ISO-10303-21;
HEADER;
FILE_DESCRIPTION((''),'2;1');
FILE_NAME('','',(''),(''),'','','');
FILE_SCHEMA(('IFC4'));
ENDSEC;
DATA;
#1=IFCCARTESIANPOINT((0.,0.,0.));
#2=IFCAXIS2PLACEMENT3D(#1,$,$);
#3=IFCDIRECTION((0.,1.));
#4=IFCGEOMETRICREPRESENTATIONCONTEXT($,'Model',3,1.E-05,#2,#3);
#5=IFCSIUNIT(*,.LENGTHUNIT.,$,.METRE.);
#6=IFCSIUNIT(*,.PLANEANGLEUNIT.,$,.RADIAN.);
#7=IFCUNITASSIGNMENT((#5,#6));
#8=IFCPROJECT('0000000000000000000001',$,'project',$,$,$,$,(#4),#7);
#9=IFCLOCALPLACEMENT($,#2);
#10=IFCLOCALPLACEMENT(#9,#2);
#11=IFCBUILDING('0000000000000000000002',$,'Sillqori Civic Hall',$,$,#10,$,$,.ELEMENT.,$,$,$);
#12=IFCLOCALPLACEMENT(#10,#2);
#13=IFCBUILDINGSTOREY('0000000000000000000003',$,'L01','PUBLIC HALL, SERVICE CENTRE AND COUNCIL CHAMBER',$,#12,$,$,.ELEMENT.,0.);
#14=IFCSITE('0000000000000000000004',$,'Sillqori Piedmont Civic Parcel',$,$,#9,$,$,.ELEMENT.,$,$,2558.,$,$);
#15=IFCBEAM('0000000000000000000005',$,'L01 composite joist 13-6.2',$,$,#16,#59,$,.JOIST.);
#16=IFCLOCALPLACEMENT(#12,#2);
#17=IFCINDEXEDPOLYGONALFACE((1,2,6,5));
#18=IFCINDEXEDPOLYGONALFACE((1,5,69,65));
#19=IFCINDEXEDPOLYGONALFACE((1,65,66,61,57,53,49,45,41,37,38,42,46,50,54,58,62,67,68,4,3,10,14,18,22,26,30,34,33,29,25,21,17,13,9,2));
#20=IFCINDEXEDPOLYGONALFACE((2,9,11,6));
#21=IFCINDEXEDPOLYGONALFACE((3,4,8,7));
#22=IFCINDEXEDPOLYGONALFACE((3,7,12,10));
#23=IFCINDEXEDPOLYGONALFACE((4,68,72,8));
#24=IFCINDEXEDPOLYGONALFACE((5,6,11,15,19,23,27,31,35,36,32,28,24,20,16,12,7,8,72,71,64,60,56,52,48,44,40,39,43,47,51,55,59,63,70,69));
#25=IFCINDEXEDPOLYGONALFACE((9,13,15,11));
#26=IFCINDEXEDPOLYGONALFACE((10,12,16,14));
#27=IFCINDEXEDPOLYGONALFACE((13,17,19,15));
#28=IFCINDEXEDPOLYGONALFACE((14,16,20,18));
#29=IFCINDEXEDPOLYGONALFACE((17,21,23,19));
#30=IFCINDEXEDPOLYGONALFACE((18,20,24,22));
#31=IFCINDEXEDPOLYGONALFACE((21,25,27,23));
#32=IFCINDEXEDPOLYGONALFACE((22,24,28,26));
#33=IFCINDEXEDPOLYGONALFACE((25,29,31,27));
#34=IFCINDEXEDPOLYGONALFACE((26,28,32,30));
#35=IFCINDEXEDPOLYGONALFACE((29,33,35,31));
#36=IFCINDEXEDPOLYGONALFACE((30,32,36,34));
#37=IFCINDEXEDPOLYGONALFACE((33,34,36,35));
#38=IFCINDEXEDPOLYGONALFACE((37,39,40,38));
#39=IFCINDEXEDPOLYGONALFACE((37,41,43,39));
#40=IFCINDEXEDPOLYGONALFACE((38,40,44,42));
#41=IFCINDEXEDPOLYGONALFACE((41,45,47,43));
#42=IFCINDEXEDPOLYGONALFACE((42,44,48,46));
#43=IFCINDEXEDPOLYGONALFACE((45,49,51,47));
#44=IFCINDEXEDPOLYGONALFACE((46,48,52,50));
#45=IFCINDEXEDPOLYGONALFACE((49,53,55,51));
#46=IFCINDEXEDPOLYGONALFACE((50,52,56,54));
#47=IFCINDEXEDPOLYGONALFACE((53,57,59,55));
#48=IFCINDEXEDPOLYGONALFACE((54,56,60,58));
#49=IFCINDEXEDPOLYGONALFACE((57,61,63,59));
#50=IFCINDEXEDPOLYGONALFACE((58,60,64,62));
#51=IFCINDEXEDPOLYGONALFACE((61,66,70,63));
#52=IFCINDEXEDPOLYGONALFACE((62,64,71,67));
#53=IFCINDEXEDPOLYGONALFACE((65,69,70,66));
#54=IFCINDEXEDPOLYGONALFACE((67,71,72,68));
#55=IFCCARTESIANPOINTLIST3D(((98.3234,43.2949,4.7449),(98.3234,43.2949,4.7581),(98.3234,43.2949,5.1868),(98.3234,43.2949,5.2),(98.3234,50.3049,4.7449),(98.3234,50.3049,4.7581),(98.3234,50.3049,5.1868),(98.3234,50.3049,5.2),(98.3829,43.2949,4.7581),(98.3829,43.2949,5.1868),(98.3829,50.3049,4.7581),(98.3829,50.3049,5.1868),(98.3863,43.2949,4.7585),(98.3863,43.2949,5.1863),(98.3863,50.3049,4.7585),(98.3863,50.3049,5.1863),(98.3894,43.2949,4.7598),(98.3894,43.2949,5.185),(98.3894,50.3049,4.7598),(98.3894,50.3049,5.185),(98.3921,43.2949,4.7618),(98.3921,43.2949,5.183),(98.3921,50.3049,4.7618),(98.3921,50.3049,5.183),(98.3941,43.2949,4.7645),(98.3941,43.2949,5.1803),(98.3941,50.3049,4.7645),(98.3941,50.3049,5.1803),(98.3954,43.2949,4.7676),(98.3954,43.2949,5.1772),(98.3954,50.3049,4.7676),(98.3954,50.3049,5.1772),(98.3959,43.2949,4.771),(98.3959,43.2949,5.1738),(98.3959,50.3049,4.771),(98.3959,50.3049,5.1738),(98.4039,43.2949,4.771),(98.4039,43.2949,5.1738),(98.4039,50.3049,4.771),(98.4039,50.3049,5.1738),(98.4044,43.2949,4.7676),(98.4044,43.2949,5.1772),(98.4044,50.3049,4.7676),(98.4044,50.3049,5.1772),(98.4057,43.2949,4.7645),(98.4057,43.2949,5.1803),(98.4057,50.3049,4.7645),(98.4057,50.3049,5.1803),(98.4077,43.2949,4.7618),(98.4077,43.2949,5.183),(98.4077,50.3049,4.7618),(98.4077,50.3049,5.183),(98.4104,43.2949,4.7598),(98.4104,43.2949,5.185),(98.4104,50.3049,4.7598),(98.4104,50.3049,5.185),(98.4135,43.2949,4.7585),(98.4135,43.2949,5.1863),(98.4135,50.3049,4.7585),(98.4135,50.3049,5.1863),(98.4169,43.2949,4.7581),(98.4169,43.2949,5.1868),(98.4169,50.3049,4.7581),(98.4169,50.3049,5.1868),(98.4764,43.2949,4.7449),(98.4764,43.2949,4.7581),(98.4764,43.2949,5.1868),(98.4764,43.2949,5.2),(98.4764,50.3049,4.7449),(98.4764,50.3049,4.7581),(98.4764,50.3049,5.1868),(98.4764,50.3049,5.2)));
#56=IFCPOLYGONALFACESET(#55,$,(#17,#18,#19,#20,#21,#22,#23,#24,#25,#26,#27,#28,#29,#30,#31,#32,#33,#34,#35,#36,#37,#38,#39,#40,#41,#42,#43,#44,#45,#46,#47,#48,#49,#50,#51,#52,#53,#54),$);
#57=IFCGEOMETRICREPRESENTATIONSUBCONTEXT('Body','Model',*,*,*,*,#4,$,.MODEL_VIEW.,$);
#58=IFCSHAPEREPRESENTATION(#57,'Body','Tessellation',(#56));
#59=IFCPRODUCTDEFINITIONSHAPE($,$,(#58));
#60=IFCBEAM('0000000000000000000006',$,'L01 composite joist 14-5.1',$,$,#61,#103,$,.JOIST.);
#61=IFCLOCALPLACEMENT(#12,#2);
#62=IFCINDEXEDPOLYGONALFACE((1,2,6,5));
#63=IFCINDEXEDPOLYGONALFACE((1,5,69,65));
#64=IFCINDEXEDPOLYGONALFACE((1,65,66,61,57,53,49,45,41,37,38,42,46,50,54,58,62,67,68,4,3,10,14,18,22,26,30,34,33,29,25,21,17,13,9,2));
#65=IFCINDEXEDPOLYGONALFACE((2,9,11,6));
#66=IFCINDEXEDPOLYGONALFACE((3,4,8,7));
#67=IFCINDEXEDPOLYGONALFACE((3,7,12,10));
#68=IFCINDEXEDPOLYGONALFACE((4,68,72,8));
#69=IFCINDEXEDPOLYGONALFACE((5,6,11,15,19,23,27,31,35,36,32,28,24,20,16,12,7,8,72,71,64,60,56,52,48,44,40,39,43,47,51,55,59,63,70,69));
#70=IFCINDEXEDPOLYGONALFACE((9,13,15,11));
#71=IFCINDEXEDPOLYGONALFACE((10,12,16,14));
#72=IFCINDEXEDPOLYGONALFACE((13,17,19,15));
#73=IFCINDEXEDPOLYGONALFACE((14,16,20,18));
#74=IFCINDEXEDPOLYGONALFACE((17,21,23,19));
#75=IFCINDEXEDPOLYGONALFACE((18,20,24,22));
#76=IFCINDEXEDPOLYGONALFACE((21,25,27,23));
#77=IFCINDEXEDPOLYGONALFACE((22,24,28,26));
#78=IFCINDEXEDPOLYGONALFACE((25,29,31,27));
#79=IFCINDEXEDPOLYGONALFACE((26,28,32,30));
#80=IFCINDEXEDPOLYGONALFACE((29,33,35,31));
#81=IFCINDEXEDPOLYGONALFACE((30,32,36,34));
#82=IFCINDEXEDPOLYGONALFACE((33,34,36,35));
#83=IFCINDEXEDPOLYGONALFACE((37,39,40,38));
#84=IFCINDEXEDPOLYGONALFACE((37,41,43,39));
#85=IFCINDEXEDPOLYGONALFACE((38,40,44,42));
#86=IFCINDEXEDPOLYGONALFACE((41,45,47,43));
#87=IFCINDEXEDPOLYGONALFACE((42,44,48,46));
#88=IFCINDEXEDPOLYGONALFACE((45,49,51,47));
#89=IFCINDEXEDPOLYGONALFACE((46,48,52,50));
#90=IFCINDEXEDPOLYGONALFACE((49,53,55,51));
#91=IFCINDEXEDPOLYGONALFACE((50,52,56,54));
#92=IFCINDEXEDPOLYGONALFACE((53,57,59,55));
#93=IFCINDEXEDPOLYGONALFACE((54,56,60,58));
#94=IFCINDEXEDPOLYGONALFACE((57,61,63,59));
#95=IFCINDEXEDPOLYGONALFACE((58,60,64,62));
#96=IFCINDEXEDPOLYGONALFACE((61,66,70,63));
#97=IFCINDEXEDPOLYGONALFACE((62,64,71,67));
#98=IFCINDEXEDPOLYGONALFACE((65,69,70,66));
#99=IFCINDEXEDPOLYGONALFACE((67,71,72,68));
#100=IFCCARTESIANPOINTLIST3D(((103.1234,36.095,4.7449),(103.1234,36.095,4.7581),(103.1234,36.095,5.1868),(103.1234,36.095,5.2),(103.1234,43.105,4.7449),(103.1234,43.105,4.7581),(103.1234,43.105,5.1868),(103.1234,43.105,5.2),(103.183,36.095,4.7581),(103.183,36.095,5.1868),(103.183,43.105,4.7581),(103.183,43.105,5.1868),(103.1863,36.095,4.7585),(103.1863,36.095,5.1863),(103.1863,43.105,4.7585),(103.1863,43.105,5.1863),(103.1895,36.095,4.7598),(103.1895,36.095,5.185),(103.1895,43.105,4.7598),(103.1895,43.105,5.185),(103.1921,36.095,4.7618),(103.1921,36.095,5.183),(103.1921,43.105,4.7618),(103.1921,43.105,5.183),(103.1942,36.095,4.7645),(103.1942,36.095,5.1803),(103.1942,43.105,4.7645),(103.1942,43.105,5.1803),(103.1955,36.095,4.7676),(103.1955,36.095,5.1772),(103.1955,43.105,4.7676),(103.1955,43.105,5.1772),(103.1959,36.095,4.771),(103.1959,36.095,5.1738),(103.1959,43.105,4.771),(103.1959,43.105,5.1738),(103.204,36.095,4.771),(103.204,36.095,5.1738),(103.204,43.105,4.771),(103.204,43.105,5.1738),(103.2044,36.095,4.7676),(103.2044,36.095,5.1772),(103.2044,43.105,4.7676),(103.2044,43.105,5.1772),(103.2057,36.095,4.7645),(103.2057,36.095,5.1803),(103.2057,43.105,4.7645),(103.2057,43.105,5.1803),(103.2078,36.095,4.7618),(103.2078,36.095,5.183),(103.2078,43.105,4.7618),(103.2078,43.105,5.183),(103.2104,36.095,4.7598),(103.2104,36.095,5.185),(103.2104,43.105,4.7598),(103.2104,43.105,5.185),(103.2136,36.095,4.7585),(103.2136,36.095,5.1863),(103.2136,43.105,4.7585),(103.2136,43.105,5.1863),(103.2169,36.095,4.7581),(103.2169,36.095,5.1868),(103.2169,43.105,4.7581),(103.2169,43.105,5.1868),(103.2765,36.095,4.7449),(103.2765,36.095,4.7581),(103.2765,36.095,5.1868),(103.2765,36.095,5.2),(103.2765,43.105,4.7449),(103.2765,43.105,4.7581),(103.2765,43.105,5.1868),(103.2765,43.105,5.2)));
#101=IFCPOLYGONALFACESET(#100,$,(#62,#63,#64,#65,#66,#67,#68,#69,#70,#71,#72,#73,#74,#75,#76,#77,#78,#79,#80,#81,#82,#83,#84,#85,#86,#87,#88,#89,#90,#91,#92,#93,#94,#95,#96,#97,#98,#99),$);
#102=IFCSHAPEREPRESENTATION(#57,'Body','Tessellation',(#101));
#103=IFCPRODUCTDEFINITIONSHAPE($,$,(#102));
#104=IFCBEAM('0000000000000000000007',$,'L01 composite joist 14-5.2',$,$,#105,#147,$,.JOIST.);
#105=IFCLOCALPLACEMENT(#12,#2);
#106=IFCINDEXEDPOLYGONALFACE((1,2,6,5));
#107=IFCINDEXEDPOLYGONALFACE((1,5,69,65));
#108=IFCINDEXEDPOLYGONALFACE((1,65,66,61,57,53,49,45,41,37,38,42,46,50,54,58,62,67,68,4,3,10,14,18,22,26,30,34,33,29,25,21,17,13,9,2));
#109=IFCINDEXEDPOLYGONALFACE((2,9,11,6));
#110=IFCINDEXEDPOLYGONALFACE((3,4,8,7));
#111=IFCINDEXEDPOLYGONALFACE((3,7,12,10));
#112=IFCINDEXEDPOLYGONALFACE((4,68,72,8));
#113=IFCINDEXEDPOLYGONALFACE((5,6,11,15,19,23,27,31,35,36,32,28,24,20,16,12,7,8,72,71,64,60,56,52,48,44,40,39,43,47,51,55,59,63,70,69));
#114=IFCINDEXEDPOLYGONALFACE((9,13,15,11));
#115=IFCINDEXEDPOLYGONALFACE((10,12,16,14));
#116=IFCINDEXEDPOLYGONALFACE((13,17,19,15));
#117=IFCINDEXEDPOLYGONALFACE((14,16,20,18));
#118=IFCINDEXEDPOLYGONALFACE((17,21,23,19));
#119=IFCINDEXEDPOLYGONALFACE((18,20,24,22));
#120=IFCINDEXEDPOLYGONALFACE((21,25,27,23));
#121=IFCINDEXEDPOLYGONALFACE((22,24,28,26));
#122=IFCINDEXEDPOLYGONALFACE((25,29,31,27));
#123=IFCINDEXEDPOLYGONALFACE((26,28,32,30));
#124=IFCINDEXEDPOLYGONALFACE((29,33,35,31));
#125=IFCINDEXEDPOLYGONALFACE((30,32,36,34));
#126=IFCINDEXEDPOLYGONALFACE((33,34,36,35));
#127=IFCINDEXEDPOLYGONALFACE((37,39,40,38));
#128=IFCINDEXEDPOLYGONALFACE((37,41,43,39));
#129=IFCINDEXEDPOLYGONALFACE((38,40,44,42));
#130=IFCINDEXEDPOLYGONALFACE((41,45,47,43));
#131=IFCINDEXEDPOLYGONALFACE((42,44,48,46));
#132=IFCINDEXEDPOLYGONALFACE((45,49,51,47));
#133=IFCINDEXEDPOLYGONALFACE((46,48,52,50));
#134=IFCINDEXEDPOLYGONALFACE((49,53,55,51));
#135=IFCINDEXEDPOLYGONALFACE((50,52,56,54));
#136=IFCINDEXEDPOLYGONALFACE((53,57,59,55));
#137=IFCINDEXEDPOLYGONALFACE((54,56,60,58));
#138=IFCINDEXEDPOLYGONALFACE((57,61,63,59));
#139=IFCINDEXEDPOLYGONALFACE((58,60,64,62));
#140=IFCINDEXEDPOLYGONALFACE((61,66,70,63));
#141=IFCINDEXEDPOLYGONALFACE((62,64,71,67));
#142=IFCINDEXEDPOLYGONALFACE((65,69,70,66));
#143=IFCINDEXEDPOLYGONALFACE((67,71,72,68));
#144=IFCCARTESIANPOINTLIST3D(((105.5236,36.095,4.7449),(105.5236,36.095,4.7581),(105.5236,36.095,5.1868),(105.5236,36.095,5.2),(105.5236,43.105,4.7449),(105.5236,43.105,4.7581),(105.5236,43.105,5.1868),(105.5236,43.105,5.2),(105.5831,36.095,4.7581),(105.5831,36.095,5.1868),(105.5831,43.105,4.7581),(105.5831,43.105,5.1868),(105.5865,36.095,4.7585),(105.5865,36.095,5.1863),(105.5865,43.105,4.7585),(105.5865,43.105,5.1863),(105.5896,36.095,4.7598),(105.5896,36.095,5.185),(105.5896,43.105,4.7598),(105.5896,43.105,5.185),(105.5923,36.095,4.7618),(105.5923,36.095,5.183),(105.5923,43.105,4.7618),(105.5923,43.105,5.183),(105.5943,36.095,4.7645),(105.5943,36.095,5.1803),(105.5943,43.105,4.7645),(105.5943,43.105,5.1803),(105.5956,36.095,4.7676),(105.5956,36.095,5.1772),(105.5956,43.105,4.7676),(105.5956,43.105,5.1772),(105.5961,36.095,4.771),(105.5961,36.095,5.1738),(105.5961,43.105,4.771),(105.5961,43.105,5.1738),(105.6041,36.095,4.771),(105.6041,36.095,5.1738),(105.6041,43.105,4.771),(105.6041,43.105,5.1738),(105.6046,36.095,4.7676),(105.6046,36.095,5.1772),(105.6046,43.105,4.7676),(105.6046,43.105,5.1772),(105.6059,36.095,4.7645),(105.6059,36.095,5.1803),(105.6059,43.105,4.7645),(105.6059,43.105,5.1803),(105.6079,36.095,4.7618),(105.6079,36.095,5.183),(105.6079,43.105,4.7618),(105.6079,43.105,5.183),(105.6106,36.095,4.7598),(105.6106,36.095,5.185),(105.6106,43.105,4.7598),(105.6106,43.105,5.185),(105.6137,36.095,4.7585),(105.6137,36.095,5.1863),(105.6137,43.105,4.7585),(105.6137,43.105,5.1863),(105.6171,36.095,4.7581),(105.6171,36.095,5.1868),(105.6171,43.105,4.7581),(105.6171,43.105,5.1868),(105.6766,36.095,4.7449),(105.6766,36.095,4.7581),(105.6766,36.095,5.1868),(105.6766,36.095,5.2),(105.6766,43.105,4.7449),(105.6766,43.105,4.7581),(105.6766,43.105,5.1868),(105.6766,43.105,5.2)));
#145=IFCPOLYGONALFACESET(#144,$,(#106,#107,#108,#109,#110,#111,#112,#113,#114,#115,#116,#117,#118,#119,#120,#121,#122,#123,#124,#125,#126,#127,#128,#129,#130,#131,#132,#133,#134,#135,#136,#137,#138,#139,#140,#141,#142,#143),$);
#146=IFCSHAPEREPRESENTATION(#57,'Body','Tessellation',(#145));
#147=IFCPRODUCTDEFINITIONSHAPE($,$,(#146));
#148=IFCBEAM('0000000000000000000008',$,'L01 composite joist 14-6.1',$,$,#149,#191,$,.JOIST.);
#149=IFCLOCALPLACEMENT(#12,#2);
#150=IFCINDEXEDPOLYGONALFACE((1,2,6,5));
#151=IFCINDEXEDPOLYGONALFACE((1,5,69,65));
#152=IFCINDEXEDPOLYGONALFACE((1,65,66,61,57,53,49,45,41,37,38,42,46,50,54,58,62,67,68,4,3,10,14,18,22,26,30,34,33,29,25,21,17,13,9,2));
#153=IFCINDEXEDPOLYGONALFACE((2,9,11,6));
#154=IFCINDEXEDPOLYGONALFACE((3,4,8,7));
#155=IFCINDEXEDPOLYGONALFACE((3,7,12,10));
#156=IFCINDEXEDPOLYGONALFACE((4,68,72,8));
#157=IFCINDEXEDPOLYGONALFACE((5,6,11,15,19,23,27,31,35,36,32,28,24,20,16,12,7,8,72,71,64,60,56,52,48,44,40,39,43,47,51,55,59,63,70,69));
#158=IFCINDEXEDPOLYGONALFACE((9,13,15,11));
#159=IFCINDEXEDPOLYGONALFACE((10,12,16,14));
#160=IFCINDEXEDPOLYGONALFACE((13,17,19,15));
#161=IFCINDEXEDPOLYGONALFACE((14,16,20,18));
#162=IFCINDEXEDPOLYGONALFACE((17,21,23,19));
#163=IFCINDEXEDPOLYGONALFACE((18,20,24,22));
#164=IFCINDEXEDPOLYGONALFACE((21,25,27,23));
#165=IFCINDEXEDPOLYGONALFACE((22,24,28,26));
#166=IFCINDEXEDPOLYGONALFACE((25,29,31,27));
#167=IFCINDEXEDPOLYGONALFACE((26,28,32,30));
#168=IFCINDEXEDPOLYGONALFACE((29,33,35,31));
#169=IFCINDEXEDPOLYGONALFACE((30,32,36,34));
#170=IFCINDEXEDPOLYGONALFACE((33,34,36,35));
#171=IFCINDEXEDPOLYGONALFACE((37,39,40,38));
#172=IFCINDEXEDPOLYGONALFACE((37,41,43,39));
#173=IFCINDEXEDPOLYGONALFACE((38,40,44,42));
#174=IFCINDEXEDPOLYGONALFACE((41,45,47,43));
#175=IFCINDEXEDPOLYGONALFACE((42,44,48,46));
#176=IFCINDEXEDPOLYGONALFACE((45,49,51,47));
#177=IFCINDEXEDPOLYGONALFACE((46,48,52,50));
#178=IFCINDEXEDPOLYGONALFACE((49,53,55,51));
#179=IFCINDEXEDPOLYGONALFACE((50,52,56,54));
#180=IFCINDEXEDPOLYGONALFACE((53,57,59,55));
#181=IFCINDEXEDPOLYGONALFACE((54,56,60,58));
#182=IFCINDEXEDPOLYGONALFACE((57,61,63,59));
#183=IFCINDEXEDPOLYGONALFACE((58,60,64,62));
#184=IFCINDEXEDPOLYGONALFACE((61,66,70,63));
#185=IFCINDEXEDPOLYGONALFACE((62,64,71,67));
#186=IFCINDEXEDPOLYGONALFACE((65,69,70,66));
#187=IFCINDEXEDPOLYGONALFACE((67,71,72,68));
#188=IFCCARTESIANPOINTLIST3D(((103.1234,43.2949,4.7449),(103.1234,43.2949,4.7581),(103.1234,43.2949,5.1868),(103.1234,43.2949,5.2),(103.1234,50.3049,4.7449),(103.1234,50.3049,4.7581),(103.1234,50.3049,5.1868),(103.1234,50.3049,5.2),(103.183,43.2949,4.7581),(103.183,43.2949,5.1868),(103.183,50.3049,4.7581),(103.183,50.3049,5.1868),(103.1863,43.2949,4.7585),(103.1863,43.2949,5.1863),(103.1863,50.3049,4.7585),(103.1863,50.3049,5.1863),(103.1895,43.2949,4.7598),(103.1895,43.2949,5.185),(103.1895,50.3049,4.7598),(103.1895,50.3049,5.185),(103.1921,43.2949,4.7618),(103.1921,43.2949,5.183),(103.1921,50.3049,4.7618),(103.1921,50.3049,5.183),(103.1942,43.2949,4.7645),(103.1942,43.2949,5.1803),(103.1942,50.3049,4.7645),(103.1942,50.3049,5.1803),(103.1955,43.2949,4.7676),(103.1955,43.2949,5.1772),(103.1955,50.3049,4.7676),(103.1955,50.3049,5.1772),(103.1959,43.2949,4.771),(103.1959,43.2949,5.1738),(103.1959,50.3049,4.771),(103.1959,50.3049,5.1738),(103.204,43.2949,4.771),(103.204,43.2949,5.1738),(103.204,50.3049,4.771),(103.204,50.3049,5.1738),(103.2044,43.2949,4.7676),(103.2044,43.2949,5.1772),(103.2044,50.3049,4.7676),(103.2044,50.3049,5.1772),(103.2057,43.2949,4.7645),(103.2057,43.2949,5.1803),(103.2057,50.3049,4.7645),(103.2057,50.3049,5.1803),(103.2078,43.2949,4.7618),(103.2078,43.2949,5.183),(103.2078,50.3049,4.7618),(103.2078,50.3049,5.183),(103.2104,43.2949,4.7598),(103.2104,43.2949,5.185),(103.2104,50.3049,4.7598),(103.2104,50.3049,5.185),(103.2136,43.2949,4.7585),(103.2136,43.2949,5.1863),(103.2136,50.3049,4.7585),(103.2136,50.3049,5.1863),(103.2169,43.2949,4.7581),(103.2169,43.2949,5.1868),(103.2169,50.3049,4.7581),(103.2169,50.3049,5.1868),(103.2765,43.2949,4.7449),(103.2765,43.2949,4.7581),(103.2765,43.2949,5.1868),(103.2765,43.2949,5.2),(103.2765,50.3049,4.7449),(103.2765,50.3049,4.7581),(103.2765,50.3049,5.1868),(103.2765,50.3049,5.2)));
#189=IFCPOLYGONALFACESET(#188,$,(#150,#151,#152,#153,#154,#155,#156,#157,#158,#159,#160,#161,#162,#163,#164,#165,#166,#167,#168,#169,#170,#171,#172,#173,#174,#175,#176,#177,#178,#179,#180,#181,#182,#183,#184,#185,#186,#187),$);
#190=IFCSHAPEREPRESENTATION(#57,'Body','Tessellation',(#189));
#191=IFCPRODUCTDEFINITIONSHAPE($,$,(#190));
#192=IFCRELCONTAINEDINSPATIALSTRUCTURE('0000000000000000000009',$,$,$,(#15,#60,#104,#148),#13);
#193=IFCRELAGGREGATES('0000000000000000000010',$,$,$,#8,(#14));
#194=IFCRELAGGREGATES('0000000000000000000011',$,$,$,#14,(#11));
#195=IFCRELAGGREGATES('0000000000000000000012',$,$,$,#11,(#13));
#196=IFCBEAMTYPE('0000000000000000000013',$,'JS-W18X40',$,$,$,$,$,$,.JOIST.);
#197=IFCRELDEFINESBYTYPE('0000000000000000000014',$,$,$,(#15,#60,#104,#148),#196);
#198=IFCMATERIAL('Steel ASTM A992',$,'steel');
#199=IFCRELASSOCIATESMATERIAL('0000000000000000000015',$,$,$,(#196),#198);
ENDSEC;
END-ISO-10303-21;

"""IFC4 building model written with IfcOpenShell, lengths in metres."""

from ifc_helpers import new_model, si_unit, direction, frame, origin, origin_2d, place, context, subcontext, project, spatial, i_section, extrude, material, material_profile, profile_set, type_object, element, save


model = new_model("IFC4")

# Units and contexts
model_context = context("Model", 3, precision=1e-05, world=origin(), true_north=direction((0.0, 1.0)))
body_context = subcontext(model_context, "Body", "Model", "MODEL_VIEW")
ifc_project = project(units=[si_unit("LENGTHUNIT", "METRE"), si_unit("PLANEANGLEUNIT", "RADIAN")], contexts=[model_context])

# Site, building, storey
site_placement = place(None, origin())
site = spatial("IfcSite", under=ifc_project, at=site_placement, Name="Sillqori Piedmont Civic Parcel", CompositionType="ELEMENT", RefElevation=2558.0)
building_placement = place(site_placement, origin())
building = spatial("IfcBuilding", under=site, at=building_placement, Name="Sillqori Civic Hall", CompositionType="ELEMENT")
storey_placement = place(building_placement, origin())
storey = spatial("IfcBuildingStorey", under=building, at=storey_placement, Name="L01", Description="PUBLIC HALL, SERVICE CENTRE AND COUNCIL CHAMBER", CompositionType="ELEMENT", Elevation=0.0)

# Shared definitions
ifc_material_1 = material(Name="Steel ASTM A992", Category="steel")

# Beams
ifc_material_profile_1 = material_profile(ifc_material_1, i_section(OverallWidth=0.1531, OverallDepth=0.4551, WebThickness=0.0081, FlangeThickness=0.0132, FilletRadius=0.0129, at=origin_2d()), Name="W18X40")
ifc_profile_set_1 = profile_set([ifc_material_profile_1], Name="Steel ASTM A992")
beam_type_1 = type_object("IfcBeamType", Name="JS-W18X40", PredefinedType="JOIST", material=ifc_profile_set_1)
for number, where, z_axis, x_axis, name in (
    (1, (98.3999, 43.2949, 4.9724), (0.0, 1.0, 0.0), (-1.0, 0.0, 0.0), "L01 composite joist 13-6.2"),
    (2, (103.2, 36.095, 4.9724), (0.0, 1.0, 0.0), (-1.0, 0.0, 0.0), "L01 composite joist 14-5.1"),
    (3, (105.6001, 36.095, 4.9724), (0.0, 1.0, 0.0), (-1.0, 0.0, 0.0), "L01 composite joist 14-5.2"),
    (4, (103.2, 43.2949, 4.9724), (0.0, 1.0, 0.0), (-1.0, 0.0, 0.0), "L01 composite joist 14-6.1"),
):
    element("IfcBeam", number, at=place(storey_placement, frame(where, z_axis=z_axis, x_axis=x_axis)), inside=storey, type_object=beam_type_1, Name=name, PredefinedType="JOIST", context=body_context, shape_type="SweptSolid", body=[
        extrude(i_section(OverallWidth=0.1531, OverallDepth=0.4551, WebThickness=0.0081, FlangeThickness=0.0132, FilletRadius=0.0129, at=origin_2d()), origin(), (0.0, 0.0, 1.0), 7.01),
    ])

save(model, "model.ifc")
